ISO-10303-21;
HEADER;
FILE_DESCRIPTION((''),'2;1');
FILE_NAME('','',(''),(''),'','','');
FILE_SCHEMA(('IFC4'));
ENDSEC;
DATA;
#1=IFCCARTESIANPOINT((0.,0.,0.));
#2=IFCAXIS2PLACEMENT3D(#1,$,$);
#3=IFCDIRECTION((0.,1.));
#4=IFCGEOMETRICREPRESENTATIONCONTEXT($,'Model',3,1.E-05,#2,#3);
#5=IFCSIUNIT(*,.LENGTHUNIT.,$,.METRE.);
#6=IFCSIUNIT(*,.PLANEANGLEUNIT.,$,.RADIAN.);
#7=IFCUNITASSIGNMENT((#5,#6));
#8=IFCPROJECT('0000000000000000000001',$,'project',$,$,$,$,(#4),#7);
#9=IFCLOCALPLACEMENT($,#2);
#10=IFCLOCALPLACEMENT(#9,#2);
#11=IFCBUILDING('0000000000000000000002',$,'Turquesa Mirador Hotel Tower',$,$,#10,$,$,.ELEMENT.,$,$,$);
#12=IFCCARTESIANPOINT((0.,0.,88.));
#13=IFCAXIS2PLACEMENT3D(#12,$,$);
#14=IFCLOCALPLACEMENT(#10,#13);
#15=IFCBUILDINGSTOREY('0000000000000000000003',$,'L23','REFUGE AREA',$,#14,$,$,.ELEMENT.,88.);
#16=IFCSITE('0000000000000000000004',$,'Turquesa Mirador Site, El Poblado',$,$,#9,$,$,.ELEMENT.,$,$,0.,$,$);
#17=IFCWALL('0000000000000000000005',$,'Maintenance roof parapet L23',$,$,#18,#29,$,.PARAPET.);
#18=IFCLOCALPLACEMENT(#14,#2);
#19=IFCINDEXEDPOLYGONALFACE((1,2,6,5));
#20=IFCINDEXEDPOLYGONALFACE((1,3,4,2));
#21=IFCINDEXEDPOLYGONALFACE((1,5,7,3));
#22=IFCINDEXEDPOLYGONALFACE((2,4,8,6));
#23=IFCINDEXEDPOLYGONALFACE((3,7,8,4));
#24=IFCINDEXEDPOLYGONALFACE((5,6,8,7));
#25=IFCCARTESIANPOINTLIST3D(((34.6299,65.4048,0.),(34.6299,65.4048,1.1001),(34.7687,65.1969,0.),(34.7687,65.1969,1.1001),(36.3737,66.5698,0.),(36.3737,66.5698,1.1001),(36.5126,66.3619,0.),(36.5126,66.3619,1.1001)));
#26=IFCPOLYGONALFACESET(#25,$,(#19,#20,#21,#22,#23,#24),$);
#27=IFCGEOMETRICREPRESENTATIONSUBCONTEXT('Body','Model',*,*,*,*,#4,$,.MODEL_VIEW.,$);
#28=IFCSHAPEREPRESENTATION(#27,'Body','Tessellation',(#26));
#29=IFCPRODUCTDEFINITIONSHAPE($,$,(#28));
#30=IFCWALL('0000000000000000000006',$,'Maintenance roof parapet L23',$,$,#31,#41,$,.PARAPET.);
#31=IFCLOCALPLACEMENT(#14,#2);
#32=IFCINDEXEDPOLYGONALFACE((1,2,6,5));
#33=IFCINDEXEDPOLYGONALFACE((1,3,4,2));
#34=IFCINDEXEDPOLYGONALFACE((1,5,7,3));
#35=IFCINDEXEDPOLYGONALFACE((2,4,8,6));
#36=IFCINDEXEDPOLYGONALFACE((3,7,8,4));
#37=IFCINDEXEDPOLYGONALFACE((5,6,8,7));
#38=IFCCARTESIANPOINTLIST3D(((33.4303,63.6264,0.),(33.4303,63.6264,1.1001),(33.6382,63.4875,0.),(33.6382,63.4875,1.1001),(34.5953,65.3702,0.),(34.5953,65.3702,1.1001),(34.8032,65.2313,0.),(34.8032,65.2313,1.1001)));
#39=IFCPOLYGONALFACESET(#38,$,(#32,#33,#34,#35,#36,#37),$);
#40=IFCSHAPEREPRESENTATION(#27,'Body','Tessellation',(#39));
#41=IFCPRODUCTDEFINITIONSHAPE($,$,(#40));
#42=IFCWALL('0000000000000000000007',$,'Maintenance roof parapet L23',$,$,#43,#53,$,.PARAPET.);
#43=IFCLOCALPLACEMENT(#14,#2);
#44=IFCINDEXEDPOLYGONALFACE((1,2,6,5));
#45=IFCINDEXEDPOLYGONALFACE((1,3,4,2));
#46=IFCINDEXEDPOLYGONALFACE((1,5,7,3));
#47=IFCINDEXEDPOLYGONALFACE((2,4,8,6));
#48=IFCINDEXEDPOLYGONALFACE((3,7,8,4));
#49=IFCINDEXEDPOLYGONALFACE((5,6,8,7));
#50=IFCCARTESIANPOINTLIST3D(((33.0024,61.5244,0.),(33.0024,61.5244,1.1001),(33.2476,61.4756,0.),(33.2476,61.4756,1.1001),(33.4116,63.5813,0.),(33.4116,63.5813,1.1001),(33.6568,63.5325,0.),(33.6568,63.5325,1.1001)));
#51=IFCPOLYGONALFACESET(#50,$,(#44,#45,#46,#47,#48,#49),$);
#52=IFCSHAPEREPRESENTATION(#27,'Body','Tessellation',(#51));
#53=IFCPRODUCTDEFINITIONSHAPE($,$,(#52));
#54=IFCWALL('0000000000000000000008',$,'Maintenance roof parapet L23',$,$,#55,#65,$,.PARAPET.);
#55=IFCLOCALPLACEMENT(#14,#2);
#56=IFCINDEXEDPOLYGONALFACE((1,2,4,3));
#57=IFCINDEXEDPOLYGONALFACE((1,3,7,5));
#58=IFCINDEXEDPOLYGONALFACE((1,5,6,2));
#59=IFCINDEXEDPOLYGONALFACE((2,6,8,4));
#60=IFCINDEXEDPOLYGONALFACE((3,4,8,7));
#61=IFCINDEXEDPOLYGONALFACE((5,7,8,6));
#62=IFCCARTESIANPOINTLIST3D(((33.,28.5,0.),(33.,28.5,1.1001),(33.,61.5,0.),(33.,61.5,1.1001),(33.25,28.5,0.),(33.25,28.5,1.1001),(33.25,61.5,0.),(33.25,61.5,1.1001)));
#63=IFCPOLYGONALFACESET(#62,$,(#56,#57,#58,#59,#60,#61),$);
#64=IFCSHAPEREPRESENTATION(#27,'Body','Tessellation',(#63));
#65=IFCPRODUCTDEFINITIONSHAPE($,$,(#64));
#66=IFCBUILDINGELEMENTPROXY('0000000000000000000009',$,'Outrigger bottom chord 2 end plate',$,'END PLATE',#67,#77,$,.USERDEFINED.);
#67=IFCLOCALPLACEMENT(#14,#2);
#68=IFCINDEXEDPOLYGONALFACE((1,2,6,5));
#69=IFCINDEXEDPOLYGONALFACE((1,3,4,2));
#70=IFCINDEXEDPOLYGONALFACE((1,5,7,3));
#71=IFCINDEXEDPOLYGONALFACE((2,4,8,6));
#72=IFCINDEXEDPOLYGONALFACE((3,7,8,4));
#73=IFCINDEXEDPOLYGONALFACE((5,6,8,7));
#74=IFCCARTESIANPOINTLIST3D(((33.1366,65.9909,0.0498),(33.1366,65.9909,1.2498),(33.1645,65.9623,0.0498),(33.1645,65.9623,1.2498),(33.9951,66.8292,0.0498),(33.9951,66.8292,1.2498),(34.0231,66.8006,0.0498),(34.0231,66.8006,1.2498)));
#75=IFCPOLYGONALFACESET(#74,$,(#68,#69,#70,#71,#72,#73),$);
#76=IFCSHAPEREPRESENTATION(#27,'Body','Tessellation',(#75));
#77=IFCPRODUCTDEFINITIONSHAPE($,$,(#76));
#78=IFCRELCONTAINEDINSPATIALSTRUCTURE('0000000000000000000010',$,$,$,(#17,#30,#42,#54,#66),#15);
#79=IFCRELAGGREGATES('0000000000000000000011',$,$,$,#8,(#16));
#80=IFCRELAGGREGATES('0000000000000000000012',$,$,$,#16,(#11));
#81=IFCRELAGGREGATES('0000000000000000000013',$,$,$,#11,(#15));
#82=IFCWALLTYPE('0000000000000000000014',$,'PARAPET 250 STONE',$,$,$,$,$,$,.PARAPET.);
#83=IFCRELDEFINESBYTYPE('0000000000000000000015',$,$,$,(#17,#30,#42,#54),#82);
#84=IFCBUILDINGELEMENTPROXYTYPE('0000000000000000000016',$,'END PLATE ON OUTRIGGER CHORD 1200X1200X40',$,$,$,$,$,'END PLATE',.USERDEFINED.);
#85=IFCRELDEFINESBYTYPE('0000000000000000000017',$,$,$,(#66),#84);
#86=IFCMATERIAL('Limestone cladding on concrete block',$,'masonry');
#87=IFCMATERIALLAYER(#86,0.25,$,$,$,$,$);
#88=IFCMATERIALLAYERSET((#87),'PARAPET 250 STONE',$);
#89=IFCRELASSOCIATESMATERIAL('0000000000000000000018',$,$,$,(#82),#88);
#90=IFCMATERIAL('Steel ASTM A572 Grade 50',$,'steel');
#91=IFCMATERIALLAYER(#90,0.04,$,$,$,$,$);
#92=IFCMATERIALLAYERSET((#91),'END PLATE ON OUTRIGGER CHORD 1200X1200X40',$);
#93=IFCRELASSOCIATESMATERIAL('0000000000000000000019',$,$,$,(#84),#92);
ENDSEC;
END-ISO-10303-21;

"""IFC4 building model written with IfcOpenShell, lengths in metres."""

from ifc_helpers import new_model, si_unit, direction, frame, frame_2d, origin, origin_2d, place, context, subcontext, project, spatial, rectangle, extrude, material, layer, layer_set, type_object, element, save


model = new_model("IFC4")

# Units and contexts
model_context = context("Model", 3, precision=1e-05, world=origin(), true_north=direction((0.0, 1.0)))
body_context = subcontext(model_context, "Body", "Model", "MODEL_VIEW")
ifc_project = project(units=[si_unit("LENGTHUNIT", "METRE"), si_unit("PLANEANGLEUNIT", "RADIAN")], contexts=[model_context])

# Site, building, storey
site_placement = place(None, origin())
site = spatial("IfcSite", under=ifc_project, at=site_placement, Name="Turquesa Mirador Site, El Poblado", CompositionType="ELEMENT", RefElevation=0.0)
building_placement = place(site_placement, origin())
building = spatial("IfcBuilding", under=site, at=building_placement, Name="Turquesa Mirador Hotel Tower", CompositionType="ELEMENT")
storey_placement = place(building_placement, frame((0.0, 0.0, 88.0)))
storey = spatial("IfcBuildingStorey", under=building, at=storey_placement, Name="L23", Description="REFUGE AREA", CompositionType="ELEMENT", Elevation=88.0)

# Walls
ifc_material_1 = material(Name="Limestone cladding on concrete block", Category="masonry")
ifc_layer_1 = layer(ifc_material_1, 0.25)
ifc_layer_set_1 = layer_set([ifc_layer_1], Name="PARAPET 250 STONE")
wall_type_1 = type_object("IfcWallType", Name="PARAPET 250 STONE", PredefinedType="PARAPET", material=ifc_layer_set_1)
for number, where, z_axis, x_axis, name in (
    (1, (36.4431, 66.4658, 0.0), (0.0, 0.0, 1.0), (-0.831513, -0.555506, 0.0), "Maintenance roof parapet L23"),
    (2, (34.6992, 65.3008, 0.0), (0.0, 0.0, 1.0), (-0.555506, -0.831513, 0.0), "Maintenance roof parapet L23"),
    (3, (33.5342, 63.5569, 0.0), (0.0, 0.0, 1.0), (-0.195109, -0.980782, 0.0), "Maintenance roof parapet L23"),
):
    element("IfcWall", number, at=place(storey_placement, frame(where, z_axis=z_axis, x_axis=x_axis)), inside=storey, type_object=wall_type_1, Name=name, PredefinedType="PARAPET", context=body_context, shape_type="SweptSolid", body=[
        extrude(rectangle(XDim=2.0972, YDim=0.25, at=frame_2d((1.0486, 0.0))), origin(), (0.0, 0.0, 1.0), 1.1001),
    ])
wall_1_placement = place(storey_placement, frame((33.125, 61.5, 0.0), z_axis=(0.0, 0.0, 1.0), x_axis=(0.0, -1.0, 0.0)))
element("IfcWall", 4, at=wall_1_placement, inside=storey, type_object=wall_type_1, Name="Maintenance roof parapet L23", PredefinedType="PARAPET", context=body_context, shape_type="SweptSolid", body=[
    extrude(rectangle(XDim=33.0, YDim=0.25, at=frame_2d((16.5, 0.0))), origin(), (0.0, 0.0, 1.0), 1.1001),
])

# Building element proxy
ifc_material_2 = material(Name="Steel ASTM A572 Grade 50", Category="steel")
ifc_layer_2 = layer(ifc_material_2, 0.04)
ifc_layer_set_2 = layer_set([ifc_layer_2], Name="END PLATE ON OUTRIGGER CHORD 1200X1200X40")
building_element_proxy_type = type_object("IfcBuildingElementProxyType", Name="END PLATE ON OUTRIGGER CHORD 1200X1200X40", ElementType="END PLATE", PredefinedType="USERDEFINED", material=ifc_layer_set_2)
proxy_placement = place(storey_placement, frame((33.5798, 66.3958, 0.0498), z_axis=(0.0, 0.0, 1.0), x_axis=(-0.698627, 0.715486, 0.0)))
element("IfcBuildingElementProxy", 5, at=proxy_placement, inside=storey, type_object=building_element_proxy_type, Name="Outrigger bottom chord 2 end plate", ObjectType="END PLATE", PredefinedType="USERDEFINED", context=body_context, shape_type="SweptSolid", body=[
    extrude(rectangle(XDim=0.04, YDim=1.2, at=origin_2d()), origin(), (0.0, 0.0, 1.0), 1.2),
])

save(model, "model.ifc")
